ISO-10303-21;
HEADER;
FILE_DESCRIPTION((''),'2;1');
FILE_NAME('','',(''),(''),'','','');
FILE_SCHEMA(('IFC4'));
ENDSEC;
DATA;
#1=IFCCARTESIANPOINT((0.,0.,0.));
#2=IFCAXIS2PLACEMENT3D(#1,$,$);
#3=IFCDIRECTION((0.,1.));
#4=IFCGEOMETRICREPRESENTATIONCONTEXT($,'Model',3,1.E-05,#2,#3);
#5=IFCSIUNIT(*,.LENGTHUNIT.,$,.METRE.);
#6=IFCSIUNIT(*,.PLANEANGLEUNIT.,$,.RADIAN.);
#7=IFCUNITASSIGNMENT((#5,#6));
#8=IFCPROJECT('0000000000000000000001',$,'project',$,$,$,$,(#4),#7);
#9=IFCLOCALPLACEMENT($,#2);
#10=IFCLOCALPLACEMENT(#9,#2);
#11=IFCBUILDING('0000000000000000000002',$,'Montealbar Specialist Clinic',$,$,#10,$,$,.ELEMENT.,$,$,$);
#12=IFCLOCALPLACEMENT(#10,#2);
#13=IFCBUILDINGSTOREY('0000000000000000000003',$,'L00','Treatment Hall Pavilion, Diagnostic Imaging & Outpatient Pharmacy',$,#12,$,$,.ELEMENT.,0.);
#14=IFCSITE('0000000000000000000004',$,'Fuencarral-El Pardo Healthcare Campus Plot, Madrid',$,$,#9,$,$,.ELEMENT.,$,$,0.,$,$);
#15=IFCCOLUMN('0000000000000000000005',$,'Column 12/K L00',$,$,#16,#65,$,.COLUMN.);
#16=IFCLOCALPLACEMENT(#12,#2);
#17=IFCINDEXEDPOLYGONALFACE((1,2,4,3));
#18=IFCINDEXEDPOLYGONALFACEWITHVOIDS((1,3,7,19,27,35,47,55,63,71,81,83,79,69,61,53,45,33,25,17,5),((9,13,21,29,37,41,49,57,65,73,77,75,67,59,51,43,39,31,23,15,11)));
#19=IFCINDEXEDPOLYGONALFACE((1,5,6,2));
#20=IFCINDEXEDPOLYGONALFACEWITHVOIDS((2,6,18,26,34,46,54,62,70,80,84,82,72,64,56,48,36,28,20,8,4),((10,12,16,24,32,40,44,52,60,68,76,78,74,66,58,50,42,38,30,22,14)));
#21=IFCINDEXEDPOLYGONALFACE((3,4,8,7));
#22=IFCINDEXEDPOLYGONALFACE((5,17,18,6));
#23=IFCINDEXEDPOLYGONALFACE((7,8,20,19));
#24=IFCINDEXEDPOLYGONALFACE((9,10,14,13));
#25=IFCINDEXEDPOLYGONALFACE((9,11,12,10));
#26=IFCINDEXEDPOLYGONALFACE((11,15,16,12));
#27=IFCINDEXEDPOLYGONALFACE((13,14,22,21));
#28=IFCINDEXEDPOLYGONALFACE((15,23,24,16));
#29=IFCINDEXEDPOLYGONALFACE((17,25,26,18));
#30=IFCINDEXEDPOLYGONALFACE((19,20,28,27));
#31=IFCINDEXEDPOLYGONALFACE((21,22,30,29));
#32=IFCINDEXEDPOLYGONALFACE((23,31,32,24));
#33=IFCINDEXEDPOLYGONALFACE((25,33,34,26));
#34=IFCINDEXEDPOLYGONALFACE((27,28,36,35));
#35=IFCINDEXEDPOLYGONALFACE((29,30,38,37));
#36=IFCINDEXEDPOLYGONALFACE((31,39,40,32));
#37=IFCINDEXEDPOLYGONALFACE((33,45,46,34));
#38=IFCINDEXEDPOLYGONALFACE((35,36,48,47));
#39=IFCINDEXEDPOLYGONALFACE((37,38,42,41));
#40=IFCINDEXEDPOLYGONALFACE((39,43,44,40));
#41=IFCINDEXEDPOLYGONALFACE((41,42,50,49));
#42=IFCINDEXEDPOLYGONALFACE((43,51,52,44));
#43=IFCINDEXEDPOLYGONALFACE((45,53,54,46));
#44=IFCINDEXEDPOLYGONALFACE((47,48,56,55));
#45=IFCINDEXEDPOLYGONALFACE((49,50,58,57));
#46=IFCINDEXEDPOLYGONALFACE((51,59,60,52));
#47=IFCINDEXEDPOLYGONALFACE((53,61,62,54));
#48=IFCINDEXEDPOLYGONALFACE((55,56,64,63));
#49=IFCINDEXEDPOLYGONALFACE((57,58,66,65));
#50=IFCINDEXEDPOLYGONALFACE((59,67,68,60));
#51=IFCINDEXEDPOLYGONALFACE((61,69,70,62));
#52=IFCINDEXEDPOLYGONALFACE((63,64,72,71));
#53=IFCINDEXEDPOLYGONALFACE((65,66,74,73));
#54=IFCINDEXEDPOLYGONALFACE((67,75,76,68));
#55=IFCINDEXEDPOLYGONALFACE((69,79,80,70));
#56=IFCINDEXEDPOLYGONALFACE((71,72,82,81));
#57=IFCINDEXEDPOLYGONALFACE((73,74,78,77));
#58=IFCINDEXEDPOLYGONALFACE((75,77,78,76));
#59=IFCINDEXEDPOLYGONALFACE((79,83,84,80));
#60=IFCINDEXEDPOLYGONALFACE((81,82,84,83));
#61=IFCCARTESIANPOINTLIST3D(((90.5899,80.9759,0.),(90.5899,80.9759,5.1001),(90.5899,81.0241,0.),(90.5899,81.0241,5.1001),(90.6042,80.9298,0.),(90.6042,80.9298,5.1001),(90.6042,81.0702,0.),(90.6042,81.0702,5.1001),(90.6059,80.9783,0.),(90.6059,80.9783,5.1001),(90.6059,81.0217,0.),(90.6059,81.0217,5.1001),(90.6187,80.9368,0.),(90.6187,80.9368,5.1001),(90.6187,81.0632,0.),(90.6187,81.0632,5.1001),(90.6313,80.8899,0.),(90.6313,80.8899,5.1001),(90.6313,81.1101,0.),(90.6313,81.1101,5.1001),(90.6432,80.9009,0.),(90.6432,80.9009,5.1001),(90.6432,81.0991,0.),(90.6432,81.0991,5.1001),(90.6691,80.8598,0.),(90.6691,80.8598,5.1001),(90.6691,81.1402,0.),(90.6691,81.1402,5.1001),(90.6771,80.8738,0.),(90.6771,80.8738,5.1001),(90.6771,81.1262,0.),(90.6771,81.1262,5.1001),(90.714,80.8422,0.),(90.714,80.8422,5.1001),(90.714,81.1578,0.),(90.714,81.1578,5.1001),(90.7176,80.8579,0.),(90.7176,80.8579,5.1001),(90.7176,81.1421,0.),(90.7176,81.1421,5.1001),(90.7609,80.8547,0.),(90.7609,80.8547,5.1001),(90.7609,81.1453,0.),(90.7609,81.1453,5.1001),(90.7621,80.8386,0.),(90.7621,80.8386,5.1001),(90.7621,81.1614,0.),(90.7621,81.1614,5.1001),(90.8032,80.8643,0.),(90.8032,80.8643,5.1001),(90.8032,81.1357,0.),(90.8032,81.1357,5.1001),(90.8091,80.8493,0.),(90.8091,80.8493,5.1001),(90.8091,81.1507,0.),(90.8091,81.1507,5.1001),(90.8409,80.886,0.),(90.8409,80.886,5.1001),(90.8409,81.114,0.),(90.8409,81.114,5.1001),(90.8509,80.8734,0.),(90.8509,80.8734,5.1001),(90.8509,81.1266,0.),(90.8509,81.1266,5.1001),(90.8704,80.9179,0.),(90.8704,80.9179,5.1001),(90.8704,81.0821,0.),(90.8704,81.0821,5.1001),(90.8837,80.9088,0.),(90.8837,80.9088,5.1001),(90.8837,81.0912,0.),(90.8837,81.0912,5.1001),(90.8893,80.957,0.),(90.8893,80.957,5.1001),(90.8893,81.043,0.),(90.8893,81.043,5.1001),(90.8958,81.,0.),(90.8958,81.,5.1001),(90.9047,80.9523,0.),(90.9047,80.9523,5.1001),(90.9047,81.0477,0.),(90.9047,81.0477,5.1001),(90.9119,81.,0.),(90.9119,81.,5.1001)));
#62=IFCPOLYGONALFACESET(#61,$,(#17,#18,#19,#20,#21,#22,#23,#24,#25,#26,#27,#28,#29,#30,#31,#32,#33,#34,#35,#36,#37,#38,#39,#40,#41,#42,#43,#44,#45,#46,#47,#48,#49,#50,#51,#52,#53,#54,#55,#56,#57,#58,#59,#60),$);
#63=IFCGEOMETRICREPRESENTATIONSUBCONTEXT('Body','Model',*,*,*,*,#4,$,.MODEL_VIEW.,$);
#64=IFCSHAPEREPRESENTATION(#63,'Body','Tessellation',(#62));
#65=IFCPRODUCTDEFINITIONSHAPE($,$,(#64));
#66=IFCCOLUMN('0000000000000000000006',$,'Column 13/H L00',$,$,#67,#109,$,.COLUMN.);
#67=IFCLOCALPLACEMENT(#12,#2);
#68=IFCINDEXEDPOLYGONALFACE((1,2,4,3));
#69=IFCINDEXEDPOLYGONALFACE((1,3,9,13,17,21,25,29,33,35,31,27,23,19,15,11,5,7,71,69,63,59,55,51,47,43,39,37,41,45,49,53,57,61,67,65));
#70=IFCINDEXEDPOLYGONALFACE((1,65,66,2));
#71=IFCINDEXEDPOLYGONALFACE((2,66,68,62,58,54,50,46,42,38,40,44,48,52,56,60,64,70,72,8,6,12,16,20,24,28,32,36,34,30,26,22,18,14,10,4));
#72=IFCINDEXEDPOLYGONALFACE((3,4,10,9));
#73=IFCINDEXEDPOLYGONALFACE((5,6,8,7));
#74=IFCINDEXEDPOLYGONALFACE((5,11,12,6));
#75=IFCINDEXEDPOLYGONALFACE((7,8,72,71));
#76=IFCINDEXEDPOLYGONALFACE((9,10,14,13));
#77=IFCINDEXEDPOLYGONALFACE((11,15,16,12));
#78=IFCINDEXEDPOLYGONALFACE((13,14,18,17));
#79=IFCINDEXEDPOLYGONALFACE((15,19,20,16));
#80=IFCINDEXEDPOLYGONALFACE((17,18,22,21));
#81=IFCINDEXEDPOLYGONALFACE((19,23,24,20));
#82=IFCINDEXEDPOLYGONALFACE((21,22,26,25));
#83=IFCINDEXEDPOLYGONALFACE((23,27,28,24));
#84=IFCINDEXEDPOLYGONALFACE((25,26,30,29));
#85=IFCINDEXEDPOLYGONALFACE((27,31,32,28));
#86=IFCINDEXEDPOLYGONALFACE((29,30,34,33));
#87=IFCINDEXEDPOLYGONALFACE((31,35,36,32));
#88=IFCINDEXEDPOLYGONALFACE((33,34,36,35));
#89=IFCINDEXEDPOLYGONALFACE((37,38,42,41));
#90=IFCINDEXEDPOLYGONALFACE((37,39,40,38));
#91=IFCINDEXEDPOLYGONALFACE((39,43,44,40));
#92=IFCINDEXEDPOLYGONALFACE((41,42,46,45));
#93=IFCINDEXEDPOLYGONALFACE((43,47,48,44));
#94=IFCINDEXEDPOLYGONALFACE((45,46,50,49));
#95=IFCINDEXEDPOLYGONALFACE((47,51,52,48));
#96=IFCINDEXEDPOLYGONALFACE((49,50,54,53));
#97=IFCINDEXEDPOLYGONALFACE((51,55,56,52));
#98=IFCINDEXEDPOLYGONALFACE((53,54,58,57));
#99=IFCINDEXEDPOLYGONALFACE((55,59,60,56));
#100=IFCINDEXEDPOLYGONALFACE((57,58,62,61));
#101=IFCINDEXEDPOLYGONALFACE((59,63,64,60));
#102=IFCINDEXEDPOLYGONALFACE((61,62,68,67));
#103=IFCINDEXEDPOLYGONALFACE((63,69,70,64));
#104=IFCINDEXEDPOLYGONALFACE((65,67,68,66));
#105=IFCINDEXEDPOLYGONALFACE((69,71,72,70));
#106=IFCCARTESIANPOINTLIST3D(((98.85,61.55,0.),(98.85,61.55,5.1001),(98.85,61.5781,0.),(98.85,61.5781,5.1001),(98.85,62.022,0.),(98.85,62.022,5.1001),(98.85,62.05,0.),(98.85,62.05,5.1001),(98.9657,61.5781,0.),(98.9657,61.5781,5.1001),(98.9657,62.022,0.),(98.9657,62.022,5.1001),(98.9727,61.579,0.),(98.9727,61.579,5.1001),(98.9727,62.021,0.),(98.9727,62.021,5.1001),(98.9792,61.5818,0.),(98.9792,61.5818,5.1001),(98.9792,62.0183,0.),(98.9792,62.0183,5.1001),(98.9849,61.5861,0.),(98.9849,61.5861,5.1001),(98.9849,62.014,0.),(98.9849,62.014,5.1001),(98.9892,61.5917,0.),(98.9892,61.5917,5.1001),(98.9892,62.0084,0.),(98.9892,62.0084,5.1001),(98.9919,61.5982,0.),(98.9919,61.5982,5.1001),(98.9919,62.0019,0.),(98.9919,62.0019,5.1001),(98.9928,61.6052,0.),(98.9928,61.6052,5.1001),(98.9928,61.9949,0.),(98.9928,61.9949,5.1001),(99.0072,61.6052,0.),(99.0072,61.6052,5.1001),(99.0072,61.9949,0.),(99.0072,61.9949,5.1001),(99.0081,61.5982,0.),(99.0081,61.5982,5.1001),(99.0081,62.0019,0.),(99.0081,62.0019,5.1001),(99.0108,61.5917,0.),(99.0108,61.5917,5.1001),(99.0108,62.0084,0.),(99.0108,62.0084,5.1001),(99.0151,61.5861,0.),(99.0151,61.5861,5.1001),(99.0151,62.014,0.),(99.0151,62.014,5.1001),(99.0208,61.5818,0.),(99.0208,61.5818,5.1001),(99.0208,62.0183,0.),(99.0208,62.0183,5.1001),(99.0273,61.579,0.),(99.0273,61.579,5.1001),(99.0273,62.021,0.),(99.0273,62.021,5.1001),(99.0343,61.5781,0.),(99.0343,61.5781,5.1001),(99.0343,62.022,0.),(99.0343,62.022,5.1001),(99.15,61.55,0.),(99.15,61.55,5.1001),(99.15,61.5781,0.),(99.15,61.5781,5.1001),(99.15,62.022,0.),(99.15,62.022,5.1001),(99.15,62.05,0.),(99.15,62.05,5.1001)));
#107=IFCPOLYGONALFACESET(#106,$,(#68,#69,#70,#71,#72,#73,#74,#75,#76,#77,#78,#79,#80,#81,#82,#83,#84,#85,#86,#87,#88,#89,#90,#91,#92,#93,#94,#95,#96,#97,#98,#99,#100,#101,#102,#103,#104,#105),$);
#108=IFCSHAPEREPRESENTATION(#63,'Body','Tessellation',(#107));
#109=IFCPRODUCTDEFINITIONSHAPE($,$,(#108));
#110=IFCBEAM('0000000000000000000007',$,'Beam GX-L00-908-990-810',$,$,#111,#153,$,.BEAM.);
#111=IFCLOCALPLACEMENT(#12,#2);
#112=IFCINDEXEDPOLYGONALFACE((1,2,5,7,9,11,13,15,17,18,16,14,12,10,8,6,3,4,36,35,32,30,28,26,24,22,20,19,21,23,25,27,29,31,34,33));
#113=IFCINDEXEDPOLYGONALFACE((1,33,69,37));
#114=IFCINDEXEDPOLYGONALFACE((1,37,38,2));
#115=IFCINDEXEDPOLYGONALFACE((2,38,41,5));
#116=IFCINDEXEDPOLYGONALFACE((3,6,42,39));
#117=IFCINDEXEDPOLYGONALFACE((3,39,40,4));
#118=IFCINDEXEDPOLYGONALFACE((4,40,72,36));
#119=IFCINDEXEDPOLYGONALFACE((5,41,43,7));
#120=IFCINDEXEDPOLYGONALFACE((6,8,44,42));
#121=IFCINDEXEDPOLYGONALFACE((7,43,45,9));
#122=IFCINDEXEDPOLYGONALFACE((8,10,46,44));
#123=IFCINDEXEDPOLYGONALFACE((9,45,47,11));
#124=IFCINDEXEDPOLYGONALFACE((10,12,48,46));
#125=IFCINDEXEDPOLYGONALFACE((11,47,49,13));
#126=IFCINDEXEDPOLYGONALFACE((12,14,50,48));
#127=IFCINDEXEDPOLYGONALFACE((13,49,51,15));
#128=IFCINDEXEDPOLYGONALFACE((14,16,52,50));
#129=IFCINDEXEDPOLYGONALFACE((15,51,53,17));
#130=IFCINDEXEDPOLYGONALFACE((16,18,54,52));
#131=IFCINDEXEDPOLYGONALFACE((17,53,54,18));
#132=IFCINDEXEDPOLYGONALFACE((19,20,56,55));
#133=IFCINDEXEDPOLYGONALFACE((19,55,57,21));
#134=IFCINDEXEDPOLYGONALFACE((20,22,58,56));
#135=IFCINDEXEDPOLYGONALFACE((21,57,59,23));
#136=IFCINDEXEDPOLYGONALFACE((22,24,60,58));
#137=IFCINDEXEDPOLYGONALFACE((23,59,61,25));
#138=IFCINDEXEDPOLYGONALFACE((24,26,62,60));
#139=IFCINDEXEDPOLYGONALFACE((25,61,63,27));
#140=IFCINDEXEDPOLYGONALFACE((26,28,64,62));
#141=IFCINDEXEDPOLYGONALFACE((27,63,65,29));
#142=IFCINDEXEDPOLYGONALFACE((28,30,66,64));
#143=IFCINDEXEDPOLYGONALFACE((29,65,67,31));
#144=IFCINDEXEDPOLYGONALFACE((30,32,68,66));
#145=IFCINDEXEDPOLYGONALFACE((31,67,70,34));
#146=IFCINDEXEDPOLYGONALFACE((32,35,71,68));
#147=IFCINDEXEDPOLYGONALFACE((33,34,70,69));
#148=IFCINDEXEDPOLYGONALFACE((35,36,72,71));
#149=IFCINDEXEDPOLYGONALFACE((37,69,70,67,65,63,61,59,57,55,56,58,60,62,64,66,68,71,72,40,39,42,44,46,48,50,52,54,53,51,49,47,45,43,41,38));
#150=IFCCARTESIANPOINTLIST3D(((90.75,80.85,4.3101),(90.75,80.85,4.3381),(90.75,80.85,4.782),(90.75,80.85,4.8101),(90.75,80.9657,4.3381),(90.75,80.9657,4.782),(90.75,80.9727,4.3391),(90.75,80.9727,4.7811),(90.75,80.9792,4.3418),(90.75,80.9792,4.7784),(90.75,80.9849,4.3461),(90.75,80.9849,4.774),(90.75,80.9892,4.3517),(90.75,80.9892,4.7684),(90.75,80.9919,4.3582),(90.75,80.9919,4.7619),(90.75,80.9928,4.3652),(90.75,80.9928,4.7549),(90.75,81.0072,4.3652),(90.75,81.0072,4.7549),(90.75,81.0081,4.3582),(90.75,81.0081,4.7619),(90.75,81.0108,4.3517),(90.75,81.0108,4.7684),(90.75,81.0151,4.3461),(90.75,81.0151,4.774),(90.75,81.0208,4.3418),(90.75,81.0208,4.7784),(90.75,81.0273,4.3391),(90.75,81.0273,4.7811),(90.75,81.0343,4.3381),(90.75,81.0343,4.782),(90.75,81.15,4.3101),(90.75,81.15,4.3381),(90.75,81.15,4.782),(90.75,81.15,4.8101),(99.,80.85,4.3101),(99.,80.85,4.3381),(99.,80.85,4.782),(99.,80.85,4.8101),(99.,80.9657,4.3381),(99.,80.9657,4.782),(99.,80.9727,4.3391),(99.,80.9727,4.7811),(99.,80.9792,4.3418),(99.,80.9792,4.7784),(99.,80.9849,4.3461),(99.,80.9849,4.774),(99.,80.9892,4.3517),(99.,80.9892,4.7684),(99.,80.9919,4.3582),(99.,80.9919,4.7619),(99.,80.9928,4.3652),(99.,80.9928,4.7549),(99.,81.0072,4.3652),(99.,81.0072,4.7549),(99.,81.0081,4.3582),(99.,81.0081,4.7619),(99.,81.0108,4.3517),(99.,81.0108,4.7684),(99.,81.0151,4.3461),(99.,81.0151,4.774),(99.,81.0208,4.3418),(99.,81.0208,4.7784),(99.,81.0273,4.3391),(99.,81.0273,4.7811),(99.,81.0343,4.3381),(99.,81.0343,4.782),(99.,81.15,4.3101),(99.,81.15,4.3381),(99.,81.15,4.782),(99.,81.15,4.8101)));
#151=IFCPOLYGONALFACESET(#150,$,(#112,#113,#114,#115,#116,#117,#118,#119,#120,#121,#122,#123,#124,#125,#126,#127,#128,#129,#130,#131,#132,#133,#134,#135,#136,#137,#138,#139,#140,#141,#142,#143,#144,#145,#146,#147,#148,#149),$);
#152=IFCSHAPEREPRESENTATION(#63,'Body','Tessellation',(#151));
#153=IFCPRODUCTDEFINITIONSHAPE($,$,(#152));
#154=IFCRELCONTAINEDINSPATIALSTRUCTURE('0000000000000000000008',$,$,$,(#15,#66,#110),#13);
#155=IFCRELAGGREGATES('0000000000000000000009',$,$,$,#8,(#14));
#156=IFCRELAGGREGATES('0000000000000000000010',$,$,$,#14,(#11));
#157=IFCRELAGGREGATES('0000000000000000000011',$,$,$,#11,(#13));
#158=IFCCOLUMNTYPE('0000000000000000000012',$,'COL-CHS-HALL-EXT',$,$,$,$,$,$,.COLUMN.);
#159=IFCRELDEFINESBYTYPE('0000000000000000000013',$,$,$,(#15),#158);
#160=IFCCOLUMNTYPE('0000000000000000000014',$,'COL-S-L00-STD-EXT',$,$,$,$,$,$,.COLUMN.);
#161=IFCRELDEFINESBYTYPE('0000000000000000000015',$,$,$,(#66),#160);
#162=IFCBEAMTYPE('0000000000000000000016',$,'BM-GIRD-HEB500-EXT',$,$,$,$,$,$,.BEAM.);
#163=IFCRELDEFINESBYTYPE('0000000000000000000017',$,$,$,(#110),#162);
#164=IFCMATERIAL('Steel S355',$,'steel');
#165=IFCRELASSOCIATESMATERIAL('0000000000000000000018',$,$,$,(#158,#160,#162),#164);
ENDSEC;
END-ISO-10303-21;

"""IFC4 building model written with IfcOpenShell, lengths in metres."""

from ifc_helpers import new_model, si_unit, direction, frame, origin, origin_2d, place, context, subcontext, project, spatial, hollow_circle, i_section, extrude, material, material_profile, profile_set, type_object, element, save


model = new_model("IFC4")

# Units and contexts
model_context = context("Model", 3, precision=1e-05, world=origin(), true_north=direction((0.0, 1.0)))
body_context = subcontext(model_context, "Body", "Model", "MODEL_VIEW")
ifc_project = project(units=[si_unit("LENGTHUNIT", "METRE"), si_unit("PLANEANGLEUNIT", "RADIAN")], contexts=[model_context])

# Site, building, storey
site_placement = place(None, origin())
site = spatial("IfcSite", under=ifc_project, at=site_placement, Name="Fuencarral-El Pardo Healthcare Campus Plot, Madrid", CompositionType="ELEMENT", RefElevation=0.0)
building_placement = place(site_placement, origin())
building = spatial("IfcBuilding", under=site, at=building_placement, Name="Montealbar Specialist Clinic", CompositionType="ELEMENT")
storey_placement = place(building_placement, origin())
storey = spatial("IfcBuildingStorey", under=building, at=storey_placement, Name="L00", Description="Treatment Hall Pavilion, Diagnostic Imaging & Outpatient Pharmacy", CompositionType="ELEMENT", Elevation=0.0)

# Columns
ifc_material_1 = material(Name="Steel S355", Category="steel")
ifc_material_profile_1 = material_profile(ifc_material_1, hollow_circle(Radius=0.1619, WallThickness=0.0161, at=origin_2d()), Name="CHS 323.9x16.0", Category="steel")
ifc_profile_set_1 = profile_set([ifc_material_profile_1], Name="Steel S355")
column_type_1 = type_object("IfcColumnType", Name="COL-CHS-HALL-EXT", PredefinedType="COLUMN", material=ifc_profile_set_1)
column_1_placement = place(storey_placement, frame((90.75, 81.0, 0.0), z_axis=(0.0, 0.0, 1.0), x_axis=(1.0, 0.0, 0.0)))
element("IfcColumn", 1, at=column_1_placement, inside=storey, type_object=column_type_1, Name="Column 12/K L00", PredefinedType="COLUMN", context=body_context, shape_type="SweptSolid", body=[
    extrude(hollow_circle(Radius=0.1619, WallThickness=0.0161, at=origin_2d()), origin(), (0.0, 0.0, 1.0), 5.1001),
])
ifc_material_profile_2 = material_profile(ifc_material_1, i_section(OverallWidth=0.3, OverallDepth=0.5, WebThickness=0.0144, FlangeThickness=0.0281, FilletRadius=0.0271, at=origin_2d()), Name="HEB 500", Category="steel")
ifc_profile_set_2 = profile_set([ifc_material_profile_2], Name="Steel S355")
column_type_2 = type_object("IfcColumnType", Name="COL-S-L00-STD-EXT", PredefinedType="COLUMN", material=ifc_profile_set_2)
column_2_placement = place(storey_placement, frame((99.0, 61.8, 0.0), z_axis=(0.0, 0.0, 1.0), x_axis=(1.0, 0.0, 0.0)))
element("IfcColumn", 2, at=column_2_placement, inside=storey, type_object=column_type_2, Name="Column 13/H L00", PredefinedType="COLUMN", context=body_context, shape_type="SweptSolid", body=[
    extrude(i_section(OverallWidth=0.3, OverallDepth=0.5, WebThickness=0.0144, FlangeThickness=0.0281, FilletRadius=0.0271, at=origin_2d()), origin(), (0.0, 0.0, 1.0), 5.1001),
])

# Beam
ifc_material_profile_3 = material_profile(ifc_material_1, i_section(OverallWidth=0.3, OverallDepth=0.5, WebThickness=0.0144, FlangeThickness=0.0281, FilletRadius=0.0271, at=origin_2d()), Name="HEB 500", Category="steel")
ifc_profile_set_3 = profile_set([ifc_material_profile_3], Name="Steel S355")
beam_type = type_object("IfcBeamType", Name="BM-GIRD-HEB500-EXT", PredefinedType="BEAM", material=ifc_profile_set_3)
beam_1_placement = place(storey_placement, frame((90.75, 81.0, 4.5601), z_axis=(1.0, 0.0, 0.0), x_axis=(0.0, 1.0, 0.0)))
element("IfcBeam", 3, at=beam_1_placement, inside=storey, type_object=beam_type, Name="Beam GX-L00-908-990-810", PredefinedType="BEAM", context=body_context, shape_type="SweptSolid", body=[
    extrude(i_section(OverallWidth=0.3, OverallDepth=0.5, WebThickness=0.0144, FlangeThickness=0.0281, FilletRadius=0.0271, at=origin_2d()), origin(), (0.0, 0.0, 1.0), 8.25),
])

save(model, "model.ifc")
